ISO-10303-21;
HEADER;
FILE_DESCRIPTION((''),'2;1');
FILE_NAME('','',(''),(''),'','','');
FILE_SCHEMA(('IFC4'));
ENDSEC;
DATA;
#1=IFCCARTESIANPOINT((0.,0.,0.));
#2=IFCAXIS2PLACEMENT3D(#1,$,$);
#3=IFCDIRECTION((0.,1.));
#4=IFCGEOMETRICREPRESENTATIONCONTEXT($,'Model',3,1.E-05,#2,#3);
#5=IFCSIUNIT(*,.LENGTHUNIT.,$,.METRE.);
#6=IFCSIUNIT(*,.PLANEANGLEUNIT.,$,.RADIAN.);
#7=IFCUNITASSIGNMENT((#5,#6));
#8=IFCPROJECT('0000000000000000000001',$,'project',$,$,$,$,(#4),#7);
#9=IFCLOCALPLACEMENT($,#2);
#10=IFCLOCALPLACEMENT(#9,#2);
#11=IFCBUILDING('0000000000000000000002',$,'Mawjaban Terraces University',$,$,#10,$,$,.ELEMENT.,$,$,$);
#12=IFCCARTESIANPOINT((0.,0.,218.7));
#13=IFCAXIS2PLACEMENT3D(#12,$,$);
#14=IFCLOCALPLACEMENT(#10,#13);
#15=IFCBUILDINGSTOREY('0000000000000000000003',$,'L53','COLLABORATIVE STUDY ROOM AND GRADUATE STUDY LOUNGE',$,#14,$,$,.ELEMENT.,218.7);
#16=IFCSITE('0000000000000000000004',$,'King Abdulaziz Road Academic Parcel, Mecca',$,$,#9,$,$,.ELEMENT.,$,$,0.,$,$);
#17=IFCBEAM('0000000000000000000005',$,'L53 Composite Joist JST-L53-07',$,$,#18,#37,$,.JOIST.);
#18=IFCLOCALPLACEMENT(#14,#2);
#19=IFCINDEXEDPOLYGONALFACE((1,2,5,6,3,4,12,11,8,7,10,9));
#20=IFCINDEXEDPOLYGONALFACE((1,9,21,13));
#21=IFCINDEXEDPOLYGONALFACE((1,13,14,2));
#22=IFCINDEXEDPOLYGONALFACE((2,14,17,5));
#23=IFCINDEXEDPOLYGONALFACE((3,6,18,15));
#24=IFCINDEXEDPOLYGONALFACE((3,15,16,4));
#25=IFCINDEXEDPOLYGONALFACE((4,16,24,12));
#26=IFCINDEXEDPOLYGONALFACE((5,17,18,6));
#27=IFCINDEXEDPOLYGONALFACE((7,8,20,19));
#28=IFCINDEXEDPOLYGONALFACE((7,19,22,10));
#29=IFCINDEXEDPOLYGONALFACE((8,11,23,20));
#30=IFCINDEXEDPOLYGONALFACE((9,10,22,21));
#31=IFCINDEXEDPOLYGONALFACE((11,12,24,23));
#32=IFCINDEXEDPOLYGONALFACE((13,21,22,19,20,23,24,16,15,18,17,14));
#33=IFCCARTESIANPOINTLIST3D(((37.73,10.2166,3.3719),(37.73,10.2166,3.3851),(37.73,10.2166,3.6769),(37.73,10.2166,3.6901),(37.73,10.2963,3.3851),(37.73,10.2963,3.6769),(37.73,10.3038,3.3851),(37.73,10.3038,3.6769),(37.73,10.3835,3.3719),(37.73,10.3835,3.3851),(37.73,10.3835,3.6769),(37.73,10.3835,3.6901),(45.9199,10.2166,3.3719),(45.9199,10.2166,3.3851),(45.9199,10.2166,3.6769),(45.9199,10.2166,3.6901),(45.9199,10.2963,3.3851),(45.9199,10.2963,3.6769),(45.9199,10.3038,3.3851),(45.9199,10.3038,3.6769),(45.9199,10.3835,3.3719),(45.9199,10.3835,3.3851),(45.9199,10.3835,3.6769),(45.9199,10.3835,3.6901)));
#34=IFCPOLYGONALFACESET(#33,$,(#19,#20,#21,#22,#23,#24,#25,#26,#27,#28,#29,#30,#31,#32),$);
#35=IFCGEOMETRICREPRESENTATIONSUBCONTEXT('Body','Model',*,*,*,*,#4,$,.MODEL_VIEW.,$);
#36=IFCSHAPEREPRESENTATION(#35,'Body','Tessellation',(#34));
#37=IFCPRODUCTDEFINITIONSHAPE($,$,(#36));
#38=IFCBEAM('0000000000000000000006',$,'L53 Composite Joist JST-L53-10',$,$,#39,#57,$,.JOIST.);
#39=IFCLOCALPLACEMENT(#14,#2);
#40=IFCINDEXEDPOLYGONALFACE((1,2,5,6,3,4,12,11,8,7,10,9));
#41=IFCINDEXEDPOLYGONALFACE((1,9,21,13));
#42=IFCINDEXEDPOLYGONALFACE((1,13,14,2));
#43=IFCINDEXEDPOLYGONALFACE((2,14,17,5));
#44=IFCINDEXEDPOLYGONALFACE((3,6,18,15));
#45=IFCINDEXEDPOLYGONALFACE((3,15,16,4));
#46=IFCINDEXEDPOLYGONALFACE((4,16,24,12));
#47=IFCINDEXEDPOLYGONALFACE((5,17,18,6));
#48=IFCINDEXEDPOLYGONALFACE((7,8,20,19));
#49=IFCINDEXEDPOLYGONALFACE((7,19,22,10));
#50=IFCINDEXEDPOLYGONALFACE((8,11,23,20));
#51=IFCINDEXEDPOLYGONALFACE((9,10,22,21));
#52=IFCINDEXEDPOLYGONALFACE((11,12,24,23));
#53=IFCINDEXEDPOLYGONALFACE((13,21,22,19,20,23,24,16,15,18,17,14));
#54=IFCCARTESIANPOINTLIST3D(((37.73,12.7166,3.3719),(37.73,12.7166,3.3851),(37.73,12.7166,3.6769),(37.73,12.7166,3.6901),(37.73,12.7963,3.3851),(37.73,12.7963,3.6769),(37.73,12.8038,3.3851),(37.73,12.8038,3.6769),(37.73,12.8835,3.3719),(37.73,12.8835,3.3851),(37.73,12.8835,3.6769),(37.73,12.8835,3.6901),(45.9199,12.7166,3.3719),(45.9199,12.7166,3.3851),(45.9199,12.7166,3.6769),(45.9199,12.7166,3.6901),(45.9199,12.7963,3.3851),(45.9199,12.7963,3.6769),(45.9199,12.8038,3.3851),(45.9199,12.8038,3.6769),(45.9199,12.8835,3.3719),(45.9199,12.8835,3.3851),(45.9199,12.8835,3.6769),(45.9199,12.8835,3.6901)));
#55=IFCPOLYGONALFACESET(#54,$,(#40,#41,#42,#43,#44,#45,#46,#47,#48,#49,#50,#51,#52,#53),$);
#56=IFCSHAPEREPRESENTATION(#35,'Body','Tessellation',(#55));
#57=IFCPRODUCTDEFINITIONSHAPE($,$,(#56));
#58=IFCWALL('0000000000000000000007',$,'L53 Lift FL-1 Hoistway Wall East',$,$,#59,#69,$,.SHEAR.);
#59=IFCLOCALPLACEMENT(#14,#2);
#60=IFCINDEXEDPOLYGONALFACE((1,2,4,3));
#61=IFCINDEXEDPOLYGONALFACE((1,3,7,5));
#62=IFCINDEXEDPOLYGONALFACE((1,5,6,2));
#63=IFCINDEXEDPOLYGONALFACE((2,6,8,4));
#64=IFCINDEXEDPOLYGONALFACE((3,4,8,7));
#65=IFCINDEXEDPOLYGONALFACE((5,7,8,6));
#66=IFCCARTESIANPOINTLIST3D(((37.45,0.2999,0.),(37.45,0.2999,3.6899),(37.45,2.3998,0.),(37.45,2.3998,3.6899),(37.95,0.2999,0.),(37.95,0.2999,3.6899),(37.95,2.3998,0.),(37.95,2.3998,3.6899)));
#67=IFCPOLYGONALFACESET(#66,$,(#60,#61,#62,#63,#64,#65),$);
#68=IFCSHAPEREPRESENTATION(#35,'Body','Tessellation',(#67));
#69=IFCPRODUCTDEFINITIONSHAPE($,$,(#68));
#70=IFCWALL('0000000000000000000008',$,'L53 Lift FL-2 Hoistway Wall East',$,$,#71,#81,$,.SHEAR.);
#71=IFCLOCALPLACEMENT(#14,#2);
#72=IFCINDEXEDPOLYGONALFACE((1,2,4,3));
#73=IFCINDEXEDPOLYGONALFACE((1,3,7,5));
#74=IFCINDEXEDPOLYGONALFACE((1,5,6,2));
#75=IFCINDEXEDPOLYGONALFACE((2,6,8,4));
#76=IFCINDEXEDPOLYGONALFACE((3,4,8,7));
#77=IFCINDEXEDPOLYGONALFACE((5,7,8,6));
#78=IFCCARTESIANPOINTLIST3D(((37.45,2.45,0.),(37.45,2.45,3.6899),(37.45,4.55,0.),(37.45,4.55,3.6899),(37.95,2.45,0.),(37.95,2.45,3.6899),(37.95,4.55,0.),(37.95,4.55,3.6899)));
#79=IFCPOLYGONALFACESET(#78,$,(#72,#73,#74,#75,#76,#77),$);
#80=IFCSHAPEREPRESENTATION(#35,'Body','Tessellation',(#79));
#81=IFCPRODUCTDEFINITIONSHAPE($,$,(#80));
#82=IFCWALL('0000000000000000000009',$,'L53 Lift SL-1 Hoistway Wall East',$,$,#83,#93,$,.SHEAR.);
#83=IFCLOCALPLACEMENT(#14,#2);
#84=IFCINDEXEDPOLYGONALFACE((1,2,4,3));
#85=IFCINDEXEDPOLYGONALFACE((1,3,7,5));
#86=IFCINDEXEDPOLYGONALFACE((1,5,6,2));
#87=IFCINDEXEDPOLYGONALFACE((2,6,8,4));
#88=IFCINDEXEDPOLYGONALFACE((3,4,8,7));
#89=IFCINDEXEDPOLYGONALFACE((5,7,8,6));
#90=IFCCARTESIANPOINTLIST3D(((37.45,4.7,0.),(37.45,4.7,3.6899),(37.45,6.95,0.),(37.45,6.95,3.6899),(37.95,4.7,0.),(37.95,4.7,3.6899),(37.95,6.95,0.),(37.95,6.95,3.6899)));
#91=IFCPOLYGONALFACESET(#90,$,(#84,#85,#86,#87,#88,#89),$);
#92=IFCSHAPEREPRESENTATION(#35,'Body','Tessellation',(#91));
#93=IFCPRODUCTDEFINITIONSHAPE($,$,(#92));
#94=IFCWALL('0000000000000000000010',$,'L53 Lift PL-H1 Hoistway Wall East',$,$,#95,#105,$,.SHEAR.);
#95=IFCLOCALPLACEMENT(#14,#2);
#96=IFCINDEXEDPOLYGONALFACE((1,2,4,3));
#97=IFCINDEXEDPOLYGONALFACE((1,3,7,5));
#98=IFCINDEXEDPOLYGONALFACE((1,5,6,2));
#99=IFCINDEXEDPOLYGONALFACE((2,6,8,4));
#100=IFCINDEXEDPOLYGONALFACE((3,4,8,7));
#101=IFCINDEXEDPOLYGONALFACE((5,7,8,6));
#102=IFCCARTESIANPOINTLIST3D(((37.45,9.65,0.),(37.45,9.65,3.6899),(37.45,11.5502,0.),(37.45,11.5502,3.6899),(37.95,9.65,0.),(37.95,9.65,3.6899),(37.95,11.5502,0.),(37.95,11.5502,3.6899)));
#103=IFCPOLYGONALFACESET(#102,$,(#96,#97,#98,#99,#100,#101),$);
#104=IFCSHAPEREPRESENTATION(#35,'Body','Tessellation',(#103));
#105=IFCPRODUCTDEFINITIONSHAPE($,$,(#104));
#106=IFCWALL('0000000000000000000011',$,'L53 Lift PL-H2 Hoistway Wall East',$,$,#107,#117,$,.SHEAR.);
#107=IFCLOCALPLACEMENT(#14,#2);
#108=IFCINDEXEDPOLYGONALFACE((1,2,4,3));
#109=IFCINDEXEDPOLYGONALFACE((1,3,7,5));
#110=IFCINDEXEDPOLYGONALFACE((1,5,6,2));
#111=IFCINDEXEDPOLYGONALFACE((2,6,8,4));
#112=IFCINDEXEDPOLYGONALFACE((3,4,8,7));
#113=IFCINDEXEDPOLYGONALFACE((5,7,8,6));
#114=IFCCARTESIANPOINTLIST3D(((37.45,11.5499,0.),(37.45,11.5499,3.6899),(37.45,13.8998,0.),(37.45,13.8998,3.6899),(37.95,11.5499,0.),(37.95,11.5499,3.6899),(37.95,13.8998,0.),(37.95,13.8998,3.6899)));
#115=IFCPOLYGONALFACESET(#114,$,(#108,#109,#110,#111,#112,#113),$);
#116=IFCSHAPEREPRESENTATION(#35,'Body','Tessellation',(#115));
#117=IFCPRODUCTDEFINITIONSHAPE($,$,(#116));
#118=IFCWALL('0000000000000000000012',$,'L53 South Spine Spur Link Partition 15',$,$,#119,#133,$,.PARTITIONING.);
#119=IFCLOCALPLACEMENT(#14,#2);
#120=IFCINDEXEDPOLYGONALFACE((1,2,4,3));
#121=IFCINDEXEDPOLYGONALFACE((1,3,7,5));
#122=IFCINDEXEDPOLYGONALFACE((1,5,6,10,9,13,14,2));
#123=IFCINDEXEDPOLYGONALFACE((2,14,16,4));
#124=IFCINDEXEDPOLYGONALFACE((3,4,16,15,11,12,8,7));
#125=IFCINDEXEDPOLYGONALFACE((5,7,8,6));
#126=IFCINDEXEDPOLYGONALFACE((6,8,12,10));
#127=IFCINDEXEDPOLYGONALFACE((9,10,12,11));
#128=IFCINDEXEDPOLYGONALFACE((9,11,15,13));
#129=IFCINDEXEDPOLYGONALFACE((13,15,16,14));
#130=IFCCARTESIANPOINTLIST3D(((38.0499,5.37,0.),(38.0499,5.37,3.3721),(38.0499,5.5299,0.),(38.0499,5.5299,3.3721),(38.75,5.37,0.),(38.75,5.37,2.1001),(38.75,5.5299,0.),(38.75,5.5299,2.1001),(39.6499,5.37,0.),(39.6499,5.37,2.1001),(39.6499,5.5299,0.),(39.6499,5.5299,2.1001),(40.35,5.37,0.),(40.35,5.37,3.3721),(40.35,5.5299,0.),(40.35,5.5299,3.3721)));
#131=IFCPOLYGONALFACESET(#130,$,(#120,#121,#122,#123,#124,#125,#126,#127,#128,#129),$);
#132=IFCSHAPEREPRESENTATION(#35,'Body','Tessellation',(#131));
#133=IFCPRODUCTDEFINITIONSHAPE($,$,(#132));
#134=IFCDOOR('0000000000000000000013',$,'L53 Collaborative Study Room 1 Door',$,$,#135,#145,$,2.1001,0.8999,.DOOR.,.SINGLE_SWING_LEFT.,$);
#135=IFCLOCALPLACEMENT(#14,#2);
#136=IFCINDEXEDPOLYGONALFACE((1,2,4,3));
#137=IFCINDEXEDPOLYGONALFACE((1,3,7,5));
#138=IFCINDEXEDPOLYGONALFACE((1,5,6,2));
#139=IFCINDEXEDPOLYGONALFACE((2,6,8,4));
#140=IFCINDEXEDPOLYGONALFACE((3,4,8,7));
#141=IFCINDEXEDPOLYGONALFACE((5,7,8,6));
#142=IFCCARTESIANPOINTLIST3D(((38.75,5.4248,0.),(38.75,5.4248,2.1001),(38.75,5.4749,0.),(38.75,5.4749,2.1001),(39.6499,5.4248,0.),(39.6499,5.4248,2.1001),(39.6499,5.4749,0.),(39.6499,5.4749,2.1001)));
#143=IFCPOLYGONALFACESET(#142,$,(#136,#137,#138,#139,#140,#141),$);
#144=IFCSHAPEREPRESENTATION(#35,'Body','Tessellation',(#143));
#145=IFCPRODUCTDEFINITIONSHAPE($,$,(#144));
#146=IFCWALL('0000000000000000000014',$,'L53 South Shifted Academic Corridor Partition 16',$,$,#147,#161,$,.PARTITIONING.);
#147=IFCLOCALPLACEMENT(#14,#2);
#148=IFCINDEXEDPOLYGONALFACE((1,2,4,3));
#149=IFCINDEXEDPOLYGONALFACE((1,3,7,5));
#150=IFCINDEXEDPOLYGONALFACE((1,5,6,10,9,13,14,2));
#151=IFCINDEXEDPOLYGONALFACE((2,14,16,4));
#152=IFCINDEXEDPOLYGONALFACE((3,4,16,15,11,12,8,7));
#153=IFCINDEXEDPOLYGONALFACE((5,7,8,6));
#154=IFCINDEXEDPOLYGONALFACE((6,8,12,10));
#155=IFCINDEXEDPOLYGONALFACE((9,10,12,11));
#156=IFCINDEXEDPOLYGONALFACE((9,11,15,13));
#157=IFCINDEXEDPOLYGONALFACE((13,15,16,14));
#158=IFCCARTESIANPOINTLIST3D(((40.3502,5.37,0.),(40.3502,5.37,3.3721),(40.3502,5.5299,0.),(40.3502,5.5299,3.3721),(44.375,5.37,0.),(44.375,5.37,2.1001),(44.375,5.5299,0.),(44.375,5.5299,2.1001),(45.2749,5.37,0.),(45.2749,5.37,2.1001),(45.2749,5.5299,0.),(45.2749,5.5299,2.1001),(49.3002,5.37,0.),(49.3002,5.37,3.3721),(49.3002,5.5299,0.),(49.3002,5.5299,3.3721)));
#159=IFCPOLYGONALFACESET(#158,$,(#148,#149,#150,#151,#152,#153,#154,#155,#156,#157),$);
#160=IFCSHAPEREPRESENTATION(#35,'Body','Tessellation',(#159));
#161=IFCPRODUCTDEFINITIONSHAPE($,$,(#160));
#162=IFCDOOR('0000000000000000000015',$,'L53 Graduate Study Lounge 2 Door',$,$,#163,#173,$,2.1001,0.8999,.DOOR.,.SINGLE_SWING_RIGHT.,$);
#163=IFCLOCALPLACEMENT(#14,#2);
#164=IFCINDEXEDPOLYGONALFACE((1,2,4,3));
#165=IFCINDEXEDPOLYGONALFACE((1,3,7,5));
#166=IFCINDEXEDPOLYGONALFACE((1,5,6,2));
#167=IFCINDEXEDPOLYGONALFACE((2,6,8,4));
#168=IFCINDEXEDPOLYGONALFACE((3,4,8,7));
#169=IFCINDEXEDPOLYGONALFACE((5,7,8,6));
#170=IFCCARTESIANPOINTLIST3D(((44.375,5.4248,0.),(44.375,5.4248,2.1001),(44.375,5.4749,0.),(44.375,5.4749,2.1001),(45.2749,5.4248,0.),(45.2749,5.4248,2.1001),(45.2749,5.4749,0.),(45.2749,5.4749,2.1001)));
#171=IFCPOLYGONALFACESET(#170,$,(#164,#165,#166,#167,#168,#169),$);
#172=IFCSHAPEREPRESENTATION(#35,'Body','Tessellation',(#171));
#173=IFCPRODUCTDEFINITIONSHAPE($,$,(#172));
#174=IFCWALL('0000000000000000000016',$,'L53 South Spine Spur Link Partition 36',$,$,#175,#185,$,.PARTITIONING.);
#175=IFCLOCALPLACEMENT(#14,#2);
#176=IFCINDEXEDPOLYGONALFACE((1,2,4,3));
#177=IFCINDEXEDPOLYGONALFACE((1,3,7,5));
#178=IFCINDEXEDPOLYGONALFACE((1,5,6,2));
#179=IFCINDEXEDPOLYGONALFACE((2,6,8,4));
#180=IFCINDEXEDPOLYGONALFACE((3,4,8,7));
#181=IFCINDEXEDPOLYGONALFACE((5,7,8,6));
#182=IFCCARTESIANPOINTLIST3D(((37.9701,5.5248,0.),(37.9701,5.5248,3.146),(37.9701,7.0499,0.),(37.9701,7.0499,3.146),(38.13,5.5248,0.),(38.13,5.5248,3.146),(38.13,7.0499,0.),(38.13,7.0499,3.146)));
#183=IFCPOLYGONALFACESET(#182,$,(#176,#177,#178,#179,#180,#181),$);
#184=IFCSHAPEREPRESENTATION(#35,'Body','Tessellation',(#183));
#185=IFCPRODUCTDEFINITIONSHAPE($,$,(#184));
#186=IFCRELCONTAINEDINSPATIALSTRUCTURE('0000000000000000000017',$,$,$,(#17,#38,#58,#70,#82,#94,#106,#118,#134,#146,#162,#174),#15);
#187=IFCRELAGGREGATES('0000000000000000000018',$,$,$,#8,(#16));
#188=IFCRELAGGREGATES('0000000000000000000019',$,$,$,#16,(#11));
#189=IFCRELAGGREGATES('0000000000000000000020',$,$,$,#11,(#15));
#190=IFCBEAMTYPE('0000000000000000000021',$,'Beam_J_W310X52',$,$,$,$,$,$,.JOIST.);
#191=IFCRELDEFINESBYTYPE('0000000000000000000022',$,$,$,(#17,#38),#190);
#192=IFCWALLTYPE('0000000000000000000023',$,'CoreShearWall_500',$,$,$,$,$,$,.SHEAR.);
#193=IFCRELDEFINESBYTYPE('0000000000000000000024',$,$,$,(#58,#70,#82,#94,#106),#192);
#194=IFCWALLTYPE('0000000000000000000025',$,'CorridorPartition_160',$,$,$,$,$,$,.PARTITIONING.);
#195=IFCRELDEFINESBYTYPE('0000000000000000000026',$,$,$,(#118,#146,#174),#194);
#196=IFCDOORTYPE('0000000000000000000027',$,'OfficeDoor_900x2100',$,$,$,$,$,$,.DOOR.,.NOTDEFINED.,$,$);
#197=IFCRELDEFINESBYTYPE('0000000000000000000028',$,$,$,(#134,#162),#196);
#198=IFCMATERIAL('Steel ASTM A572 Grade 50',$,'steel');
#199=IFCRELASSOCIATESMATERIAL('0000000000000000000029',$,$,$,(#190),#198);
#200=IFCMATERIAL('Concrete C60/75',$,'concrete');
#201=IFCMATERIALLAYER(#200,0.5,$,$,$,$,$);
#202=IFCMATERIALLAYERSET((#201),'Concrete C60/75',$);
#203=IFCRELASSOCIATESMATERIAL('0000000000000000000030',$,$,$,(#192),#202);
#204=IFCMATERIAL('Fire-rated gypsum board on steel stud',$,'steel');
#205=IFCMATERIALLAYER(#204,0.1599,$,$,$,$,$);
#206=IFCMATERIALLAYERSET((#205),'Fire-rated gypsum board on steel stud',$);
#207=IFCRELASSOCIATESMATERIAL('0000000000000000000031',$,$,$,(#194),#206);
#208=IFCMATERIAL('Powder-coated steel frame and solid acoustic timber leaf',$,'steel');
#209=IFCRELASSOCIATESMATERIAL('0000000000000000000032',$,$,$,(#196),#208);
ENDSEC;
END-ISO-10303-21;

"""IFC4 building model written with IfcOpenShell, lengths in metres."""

from ifc_helpers import new_model, si_unit, direction, frame, frame_2d, origin, origin_2d, place, context, subcontext, project, spatial, rectangle, i_section, extrude, material, layer, layer_set, material_profile, profile_set, type_object, element, fill, save


model = new_model("IFC4")

# Units and contexts
model_context = context("Model", 3, precision=1e-05, world=origin(), true_north=direction((0.0, 1.0)))
body_context = subcontext(model_context, "Body", "Model", "MODEL_VIEW")
ifc_project = project(units=[si_unit("LENGTHUNIT", "METRE"), si_unit("PLANEANGLEUNIT", "RADIAN")], contexts=[model_context])

# Site, building, storey
site_placement = place(None, origin())
site = spatial("IfcSite", under=ifc_project, at=site_placement, Name="King Abdulaziz Road Academic Parcel, Mecca", CompositionType="ELEMENT", RefElevation=0.0)
building_placement = place(site_placement, origin())
building = spatial("IfcBuilding", under=site, at=building_placement, Name="Mawjaban Terraces University", CompositionType="ELEMENT")
storey_placement = place(building_placement, frame((0.0, 0.0, 218.7)))
storey = spatial("IfcBuildingStorey", under=building, at=storey_placement, Name="L53", Description="COLLABORATIVE STUDY ROOM AND GRADUATE STUDY LOUNGE", CompositionType="ELEMENT", Elevation=218.7)

# Shared definitions
ifc_material_1 = material(Name="Concrete C60/75", Category="concrete")

# Beams
ifc_material_2 = material(Name="Steel ASTM A572 Grade 50", Category="steel")
ifc_material_profile_1 = material_profile(ifc_material_2, i_section(OverallWidth=0.167, OverallDepth=0.3181, WebThickness=0.0076, FlangeThickness=0.0132, at=origin_2d()), Name="W310X52")
ifc_profile_set_1 = profile_set([ifc_material_profile_1], Name="Steel ASTM A572 Grade 50")
beam_type_1 = type_object("IfcBeamType", Name="Beam_J_W310X52", PredefinedType="JOIST", material=ifc_profile_set_1)
for number, where, z_axis, x_axis, name in (
    (1, (37.73, 10.3, 3.531), (1.0, 0.0, 0.0), (0.0, 1.0, 0.0), "L53 Composite Joist JST-L53-07"),
    (2, (37.73, 12.8, 3.531), (1.0, 0.0, 0.0), (0.0, 1.0, 0.0), "L53 Composite Joist JST-L53-10"),
):
    element("IfcBeam", number, at=place(storey_placement, frame(where, z_axis=z_axis, x_axis=x_axis)), inside=storey, type_object=beam_type_1, Name=name, PredefinedType="JOIST", context=body_context, shape_type="SweptSolid", body=[
        extrude(i_section(OverallWidth=0.167, OverallDepth=0.3181, WebThickness=0.0076, FlangeThickness=0.0132, at=origin_2d()), origin(), (0.0, 0.0, 1.0), 8.1899),
    ])

# Walls
ifc_layer_1 = layer(ifc_material_1, 0.5)
ifc_layer_set_1 = layer_set([ifc_layer_1], Name="Concrete C60/75")
wall_type_1 = type_object("IfcWallType", Name="CoreShearWall_500", PredefinedType="SHEAR", material=ifc_layer_set_1)
wall_1_placement = place(storey_placement, frame((37.7, 0.3, 0.0), z_axis=(0.0, 0.0, 1.0), x_axis=(0.0, 1.0, 0.0)))
element("IfcWall", 3, at=wall_1_placement, inside=storey, type_object=wall_type_1, Name="L53 Lift FL-1 Hoistway Wall East", PredefinedType="SHEAR", context=body_context, shape_type="SweptSolid", body=[
    extrude(rectangle(XDim=2.0999, YDim=0.5, at=frame_2d((1.0498, 0.0))), origin(), (0.0, 0.0, 1.0), 3.6899),
])
wall_2_placement = place(storey_placement, frame((37.7, 2.45, 0.0), z_axis=(0.0, 0.0, 1.0), x_axis=(0.0, 1.0, 0.0)))
element("IfcWall", 4, at=wall_2_placement, inside=storey, type_object=wall_type_1, Name="L53 Lift FL-2 Hoistway Wall East", PredefinedType="SHEAR", context=body_context, shape_type="SweptSolid", body=[
    extrude(rectangle(XDim=2.1001, YDim=0.5, at=frame_2d((1.05, 0.0))), origin(), (0.0, 0.0, 1.0), 3.6899),
])
wall_3_placement = place(storey_placement, frame((37.7, 4.7, 0.0), z_axis=(0.0, 0.0, 1.0), x_axis=(0.0, 1.0, 0.0)))
element("IfcWall", 5, at=wall_3_placement, inside=storey, type_object=wall_type_1, Name="L53 Lift SL-1 Hoistway Wall East", PredefinedType="SHEAR", context=body_context, shape_type="SweptSolid", body=[
    extrude(rectangle(XDim=2.25, YDim=0.5, at=frame_2d((1.125, 0.0))), origin(), (0.0, 0.0, 1.0), 3.6899),
])
wall_4_placement = place(storey_placement, frame((37.7, 9.6499, 0.0), z_axis=(0.0, 0.0, 1.0), x_axis=(0.0, 1.0, 0.0)))
element("IfcWall", 6, at=wall_4_placement, inside=storey, type_object=wall_type_1, Name="L53 Lift PL-H1 Hoistway Wall East", PredefinedType="SHEAR", context=body_context, shape_type="SweptSolid", body=[
    extrude(rectangle(XDim=1.9001, YDim=0.5, at=frame_2d((0.9502, 0.0))), origin(), (0.0, 0.0, 1.0), 3.6899),
])
wall_5_placement = place(storey_placement, frame((37.7, 11.55, 0.0), z_axis=(0.0, 0.0, 1.0), x_axis=(0.0, 1.0, 0.0)))
element("IfcWall", 7, at=wall_5_placement, inside=storey, type_object=wall_type_1, Name="L53 Lift PL-H2 Hoistway Wall East", PredefinedType="SHEAR", context=body_context, shape_type="SweptSolid", body=[
    extrude(rectangle(XDim=2.3499, YDim=0.5, at=frame_2d((1.1748, 0.0))), origin(), (0.0, 0.0, 1.0), 3.6899),
])

# Walls, openings, doors
ifc_material_3 = material(Name="Fire-rated gypsum board on steel stud", Category="steel")
ifc_layer_2 = layer(ifc_material_3, 0.1599)
ifc_layer_set_2 = layer_set([ifc_layer_2], Name="Fire-rated gypsum board on steel stud")
wall_type_2 = type_object("IfcWallType", Name="CorridorPartition_160", PredefinedType="PARTITIONING", material=ifc_layer_set_2)
wall_6_placement = place(storey_placement, frame((38.05, 5.45, 0.0), z_axis=(0.0, 0.0, 1.0), x_axis=(1.0, 0.0, 0.0)))
wall_6 = element("IfcWall", 8, at=wall_6_placement, inside=storey, type_object=wall_type_2, Name="L53 South Spine Spur Link Partition 15", PredefinedType="PARTITIONING", context=body_context, shape_type="SweptSolid", body=[
    extrude(rectangle(XDim=2.3, YDim=0.1599, at=frame_2d((1.1499, 0.0))), origin(), (0.0, 0.0, 1.0), 3.3721),
])
opening_1_placement = place(wall_6_placement, frame((0.7, 0.0, 0.0)))
opening_1 = element("IfcOpeningElement", 9, at=opening_1_placement, cuts=wall_6, PredefinedType="OPENING", context=body_context, shape_type="SweptSolid", body=[
    extrude(rectangle(XDim=0.8999, YDim=2.1001, at=frame_2d((0.45, 1.05))), frame((0.0, 0.0898, 0.0), z_axis=(0.0, -1.0, 0.0), x_axis=(1.0, 0.0, 0.0)), (0.0, 0.0, 1.0), 0.1799),
])
ifc_material_4 = material(Name="Powder-coated steel frame and solid acoustic timber leaf", Category="steel")
door_type = type_object("IfcDoorType", Name="OfficeDoor_900x2100", OperationType="NOTDEFINED", PredefinedType="DOOR", material=ifc_material_4)
door_1_placement = place(opening_1_placement, origin())
door_1 = element("IfcDoor", 10, at=door_1_placement, inside=storey, type_object=door_type, Name="L53 Collaborative Study Room 1 Door", OperationType="SINGLE_SWING_LEFT", OverallHeight=2.1001, OverallWidth=0.8999, PredefinedType="DOOR", context=body_context, shape_type="SweptSolid", body=[
    extrude(rectangle(XDim=0.8999, YDim=2.1001, at=frame_2d((0.45, 1.05))), frame((0.0, 0.0249, 0.0), z_axis=(0.0, -1.0, 0.0), x_axis=(1.0, 0.0, 0.0)), (0.0, 0.0, 1.0), 0.05),
])
fill(opening_1, door_1)
wall_7_placement = place(storey_placement, frame((40.3501, 5.45, 0.0), z_axis=(0.0, 0.0, 1.0), x_axis=(1.0, 0.0, 0.0)))
wall_7 = element("IfcWall", 11, at=wall_7_placement, inside=storey, type_object=wall_type_2, Name="L53 South Shifted Academic Corridor Partition 16", PredefinedType="PARTITIONING", context=body_context, shape_type="SweptSolid", body=[
    extrude(rectangle(XDim=8.95, YDim=0.1599, at=frame_2d((4.4751, 0.0))), origin(), (0.0, 0.0, 1.0), 3.3721),
])
opening_2_placement = place(wall_7_placement, frame((4.0249, 0.0, 0.0)))
opening_2 = element("IfcOpeningElement", 12, at=opening_2_placement, cuts=wall_7, PredefinedType="OPENING", context=body_context, shape_type="SweptSolid", body=[
    extrude(rectangle(XDim=0.8999, YDim=2.1001, at=frame_2d((0.45, 1.05))), frame((0.0, 0.0898, 0.0), z_axis=(0.0, -1.0, 0.0), x_axis=(1.0, 0.0, 0.0)), (0.0, 0.0, 1.0), 0.1799),
])
door_2_placement = place(opening_2_placement, origin())
door_2 = element("IfcDoor", 13, at=door_2_placement, inside=storey, type_object=door_type, Name="L53 Graduate Study Lounge 2 Door", OperationType="SINGLE_SWING_RIGHT", OverallHeight=2.1001, OverallWidth=0.8999, PredefinedType="DOOR", context=body_context, shape_type="SweptSolid", body=[
    extrude(rectangle(XDim=0.8999, YDim=2.1001, at=frame_2d((0.45, 1.05))), frame((0.0, 0.0249, 0.0), z_axis=(0.0, -1.0, 0.0), x_axis=(1.0, 0.0, 0.0)), (0.0, 0.0, 1.0), 0.05),
])
fill(opening_2, door_2)

# Wall
wall_8_placement = place(storey_placement, frame((38.05, 7.05, 0.0), z_axis=(0.0, 0.0, 1.0), x_axis=(0.0, -1.0, 0.0)))
element("IfcWall", 14, at=wall_8_placement, inside=storey, type_object=wall_type_2, Name="L53 South Spine Spur Link Partition 36", PredefinedType="PARTITIONING", context=body_context, shape_type="SweptSolid", body=[
    extrude(rectangle(XDim=1.5251, YDim=0.1599, at=frame_2d((0.7627, 0.0))), origin(), (0.0, 0.0, 1.0), 3.146),
])

save(model, "model.ifc")
